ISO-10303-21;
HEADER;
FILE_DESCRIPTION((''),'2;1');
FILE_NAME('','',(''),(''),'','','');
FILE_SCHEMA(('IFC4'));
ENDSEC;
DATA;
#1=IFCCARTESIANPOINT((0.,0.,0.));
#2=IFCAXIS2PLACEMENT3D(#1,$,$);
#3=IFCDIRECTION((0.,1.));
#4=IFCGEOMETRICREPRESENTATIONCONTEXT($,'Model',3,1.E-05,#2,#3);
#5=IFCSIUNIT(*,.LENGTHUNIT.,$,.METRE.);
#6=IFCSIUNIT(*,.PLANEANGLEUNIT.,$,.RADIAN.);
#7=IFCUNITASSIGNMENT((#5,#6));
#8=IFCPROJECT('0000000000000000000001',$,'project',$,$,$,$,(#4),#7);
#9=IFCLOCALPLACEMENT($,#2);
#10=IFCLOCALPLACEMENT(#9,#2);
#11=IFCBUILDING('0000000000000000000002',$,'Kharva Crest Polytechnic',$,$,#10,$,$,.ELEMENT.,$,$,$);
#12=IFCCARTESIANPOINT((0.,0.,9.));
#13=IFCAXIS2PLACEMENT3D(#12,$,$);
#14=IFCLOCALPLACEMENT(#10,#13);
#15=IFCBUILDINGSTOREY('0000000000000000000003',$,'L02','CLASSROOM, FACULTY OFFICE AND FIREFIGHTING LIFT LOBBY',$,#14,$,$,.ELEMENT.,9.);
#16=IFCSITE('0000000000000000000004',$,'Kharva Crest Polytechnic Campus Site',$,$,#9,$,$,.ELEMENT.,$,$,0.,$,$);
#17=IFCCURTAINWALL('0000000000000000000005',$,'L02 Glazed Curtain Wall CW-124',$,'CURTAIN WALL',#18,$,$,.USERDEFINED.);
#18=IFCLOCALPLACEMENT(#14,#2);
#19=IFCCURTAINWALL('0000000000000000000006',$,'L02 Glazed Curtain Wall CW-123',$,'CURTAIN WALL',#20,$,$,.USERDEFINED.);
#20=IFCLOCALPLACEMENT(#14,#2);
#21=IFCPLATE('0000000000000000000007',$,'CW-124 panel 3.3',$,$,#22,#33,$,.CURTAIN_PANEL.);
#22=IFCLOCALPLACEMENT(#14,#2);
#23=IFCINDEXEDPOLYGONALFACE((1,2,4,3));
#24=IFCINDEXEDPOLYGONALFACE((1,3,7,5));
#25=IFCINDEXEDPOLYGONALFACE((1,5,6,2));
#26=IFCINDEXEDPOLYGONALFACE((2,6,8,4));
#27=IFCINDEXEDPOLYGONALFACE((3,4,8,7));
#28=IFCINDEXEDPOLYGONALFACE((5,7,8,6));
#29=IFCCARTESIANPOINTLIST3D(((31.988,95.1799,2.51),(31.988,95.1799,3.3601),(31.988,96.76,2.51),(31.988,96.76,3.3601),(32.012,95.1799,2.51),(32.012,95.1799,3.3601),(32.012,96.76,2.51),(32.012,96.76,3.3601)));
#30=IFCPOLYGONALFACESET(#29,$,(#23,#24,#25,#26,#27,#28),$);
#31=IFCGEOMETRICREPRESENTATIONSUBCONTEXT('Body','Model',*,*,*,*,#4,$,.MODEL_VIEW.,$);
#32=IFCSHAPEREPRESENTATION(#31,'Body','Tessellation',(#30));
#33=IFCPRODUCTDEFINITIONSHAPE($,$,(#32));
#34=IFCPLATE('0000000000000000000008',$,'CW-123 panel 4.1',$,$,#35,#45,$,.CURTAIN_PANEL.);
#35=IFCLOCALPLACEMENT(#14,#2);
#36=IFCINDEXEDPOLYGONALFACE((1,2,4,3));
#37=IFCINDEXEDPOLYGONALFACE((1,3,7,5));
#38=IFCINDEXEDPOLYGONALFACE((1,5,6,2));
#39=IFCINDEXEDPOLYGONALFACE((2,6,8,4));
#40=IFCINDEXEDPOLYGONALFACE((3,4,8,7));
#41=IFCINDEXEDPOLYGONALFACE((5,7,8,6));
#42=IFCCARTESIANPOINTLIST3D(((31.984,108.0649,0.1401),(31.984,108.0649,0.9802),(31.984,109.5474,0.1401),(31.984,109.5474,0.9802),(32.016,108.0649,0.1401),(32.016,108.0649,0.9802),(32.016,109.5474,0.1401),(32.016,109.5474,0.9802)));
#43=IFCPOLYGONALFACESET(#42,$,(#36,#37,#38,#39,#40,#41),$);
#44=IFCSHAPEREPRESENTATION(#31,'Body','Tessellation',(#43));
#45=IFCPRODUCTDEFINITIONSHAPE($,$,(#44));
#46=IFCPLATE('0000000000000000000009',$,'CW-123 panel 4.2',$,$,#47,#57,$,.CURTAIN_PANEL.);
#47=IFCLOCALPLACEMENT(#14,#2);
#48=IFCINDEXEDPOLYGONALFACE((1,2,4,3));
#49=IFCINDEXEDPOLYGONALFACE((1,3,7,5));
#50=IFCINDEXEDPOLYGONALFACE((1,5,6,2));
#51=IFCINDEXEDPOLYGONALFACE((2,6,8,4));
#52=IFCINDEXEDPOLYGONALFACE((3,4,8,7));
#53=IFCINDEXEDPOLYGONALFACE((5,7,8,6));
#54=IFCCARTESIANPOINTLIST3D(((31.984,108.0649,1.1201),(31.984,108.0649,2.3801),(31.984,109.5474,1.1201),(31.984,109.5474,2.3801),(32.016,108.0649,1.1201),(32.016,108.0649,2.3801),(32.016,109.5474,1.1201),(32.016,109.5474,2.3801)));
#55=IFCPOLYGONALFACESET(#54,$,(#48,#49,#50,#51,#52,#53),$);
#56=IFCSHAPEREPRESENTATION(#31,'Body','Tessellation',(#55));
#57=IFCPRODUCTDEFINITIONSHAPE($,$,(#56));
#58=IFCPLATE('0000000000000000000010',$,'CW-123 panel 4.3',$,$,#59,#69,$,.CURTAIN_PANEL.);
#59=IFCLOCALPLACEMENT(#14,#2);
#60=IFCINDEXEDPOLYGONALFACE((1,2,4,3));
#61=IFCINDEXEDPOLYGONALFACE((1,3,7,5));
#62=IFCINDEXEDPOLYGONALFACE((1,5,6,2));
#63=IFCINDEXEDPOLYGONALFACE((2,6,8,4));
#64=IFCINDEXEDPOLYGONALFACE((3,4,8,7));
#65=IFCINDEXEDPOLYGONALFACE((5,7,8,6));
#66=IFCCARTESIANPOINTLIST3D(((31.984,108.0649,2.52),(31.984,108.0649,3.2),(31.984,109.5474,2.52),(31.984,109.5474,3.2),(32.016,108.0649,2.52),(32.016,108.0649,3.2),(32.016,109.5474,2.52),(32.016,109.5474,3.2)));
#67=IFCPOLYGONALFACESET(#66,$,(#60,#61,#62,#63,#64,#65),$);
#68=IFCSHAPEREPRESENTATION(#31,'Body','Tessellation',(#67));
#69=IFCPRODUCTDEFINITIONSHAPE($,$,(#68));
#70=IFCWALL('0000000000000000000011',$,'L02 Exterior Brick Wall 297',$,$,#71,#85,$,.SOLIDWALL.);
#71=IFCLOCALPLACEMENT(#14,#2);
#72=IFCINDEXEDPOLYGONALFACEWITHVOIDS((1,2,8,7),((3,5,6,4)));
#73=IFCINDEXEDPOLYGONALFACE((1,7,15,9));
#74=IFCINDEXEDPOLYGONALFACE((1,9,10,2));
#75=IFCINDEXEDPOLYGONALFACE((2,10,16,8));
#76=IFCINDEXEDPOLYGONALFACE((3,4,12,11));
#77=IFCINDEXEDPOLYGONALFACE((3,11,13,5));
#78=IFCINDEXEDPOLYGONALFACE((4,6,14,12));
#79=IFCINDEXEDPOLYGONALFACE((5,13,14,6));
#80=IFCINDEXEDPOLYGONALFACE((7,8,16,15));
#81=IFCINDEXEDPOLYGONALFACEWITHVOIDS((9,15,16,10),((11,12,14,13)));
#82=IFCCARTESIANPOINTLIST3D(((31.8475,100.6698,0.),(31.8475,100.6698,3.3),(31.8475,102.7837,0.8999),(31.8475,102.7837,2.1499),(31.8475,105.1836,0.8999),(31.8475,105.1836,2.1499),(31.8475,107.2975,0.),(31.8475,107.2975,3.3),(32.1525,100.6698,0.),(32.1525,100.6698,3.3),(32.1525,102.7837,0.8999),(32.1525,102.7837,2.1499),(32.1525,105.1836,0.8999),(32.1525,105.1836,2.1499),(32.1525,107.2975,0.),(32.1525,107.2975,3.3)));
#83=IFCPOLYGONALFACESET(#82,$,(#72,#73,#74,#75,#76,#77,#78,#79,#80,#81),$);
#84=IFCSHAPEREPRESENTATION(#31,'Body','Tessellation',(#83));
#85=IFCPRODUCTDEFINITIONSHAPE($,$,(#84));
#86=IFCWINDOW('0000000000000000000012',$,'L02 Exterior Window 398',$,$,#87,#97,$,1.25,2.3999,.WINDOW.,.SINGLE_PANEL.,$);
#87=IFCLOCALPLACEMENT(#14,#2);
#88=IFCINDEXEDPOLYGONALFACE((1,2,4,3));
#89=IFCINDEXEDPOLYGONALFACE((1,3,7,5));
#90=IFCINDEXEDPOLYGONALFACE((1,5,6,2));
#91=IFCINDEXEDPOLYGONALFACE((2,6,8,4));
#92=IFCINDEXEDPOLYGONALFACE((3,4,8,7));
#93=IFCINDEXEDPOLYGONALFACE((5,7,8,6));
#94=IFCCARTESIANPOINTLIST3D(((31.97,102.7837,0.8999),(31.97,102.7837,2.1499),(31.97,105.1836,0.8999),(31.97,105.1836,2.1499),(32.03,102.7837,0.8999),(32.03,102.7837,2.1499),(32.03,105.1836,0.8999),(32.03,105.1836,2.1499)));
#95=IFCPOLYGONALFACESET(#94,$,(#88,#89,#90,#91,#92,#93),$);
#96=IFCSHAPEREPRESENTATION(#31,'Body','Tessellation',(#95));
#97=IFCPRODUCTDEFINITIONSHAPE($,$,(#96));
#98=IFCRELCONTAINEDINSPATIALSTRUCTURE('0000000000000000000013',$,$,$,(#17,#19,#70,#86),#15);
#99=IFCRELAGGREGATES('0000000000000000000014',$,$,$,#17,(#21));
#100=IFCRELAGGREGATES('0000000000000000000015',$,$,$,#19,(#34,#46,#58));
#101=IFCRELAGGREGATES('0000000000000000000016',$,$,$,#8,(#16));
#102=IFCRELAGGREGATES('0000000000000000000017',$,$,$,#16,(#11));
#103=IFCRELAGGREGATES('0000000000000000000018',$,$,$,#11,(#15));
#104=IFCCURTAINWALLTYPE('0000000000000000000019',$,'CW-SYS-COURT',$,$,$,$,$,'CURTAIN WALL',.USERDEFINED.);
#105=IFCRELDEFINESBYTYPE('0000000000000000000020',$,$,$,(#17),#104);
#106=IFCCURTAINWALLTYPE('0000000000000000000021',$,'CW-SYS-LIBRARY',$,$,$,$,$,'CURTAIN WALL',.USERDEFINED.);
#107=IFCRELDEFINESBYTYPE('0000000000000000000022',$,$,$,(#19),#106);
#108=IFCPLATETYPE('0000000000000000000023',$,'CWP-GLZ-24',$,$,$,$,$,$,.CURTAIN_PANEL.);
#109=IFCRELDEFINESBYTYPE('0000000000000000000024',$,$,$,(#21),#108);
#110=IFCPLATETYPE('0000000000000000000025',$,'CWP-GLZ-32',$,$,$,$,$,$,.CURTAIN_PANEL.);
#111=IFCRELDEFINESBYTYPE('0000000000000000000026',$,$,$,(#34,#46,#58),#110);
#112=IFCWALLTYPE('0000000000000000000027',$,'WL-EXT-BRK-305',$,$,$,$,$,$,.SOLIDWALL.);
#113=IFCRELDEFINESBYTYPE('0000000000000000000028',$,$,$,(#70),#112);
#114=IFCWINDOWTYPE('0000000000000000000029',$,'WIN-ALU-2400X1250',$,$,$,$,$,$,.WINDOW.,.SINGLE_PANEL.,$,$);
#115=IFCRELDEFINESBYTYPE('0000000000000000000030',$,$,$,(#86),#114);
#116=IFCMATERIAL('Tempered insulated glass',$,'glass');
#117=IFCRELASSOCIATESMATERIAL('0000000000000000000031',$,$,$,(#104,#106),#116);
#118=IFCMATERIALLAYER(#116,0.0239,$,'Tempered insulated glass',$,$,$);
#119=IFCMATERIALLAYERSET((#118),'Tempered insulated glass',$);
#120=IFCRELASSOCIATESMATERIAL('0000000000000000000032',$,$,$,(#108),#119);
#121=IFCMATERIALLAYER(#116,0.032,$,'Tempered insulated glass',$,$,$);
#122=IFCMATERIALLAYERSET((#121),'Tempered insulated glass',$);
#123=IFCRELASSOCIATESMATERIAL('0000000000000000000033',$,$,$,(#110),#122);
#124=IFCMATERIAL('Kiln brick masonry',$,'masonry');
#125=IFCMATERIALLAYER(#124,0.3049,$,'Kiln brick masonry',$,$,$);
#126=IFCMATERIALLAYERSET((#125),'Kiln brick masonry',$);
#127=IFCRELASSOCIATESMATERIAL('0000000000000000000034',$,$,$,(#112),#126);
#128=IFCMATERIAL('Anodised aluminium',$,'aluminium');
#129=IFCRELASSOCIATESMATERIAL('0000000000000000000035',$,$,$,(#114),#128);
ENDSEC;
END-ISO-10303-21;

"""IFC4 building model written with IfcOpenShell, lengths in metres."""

from ifc_helpers import new_model, si_unit, direction, frame, frame_2d, origin, origin_2d, place, context, subcontext, project, spatial, rectangle, extrude, material, layer, layer_set, type_object, element, fill, aggregate, save


model = new_model("IFC4")

# Units and contexts
model_context = context("Model", 3, precision=1e-05, world=origin(), true_north=direction((0.0, 1.0)))
body_context = subcontext(model_context, "Body", "Model", "MODEL_VIEW")
ifc_project = project(units=[si_unit("LENGTHUNIT", "METRE"), si_unit("PLANEANGLEUNIT", "RADIAN")], contexts=[model_context])

# Site, building, storey
site_placement = place(None, origin())
site = spatial("IfcSite", under=ifc_project, at=site_placement, Name="Kharva Crest Polytechnic Campus Site", CompositionType="ELEMENT", RefElevation=0.0)
building_placement = place(site_placement, origin())
building = spatial("IfcBuilding", under=site, at=building_placement, Name="Kharva Crest Polytechnic", CompositionType="ELEMENT")
storey_placement = place(building_placement, frame((0.0, 0.0, 9.0)))
storey = spatial("IfcBuildingStorey", under=building, at=storey_placement, Name="L02", Description="CLASSROOM, FACULTY OFFICE AND FIREFIGHTING LIFT LOBBY", CompositionType="ELEMENT", Elevation=9.0)

# Curtain wall
ifc_material_1 = material(Name="Tempered insulated glass", Category="glass")
curtain_wall_type_1 = type_object("IfcCurtainWallType", Name="CW-SYS-COURT", ElementType="CURTAIN WALL", PredefinedType="USERDEFINED", material=ifc_material_1)
curtain_wall_1_placement = place(storey_placement, origin())
curtain_wall_1 = element("IfcCurtainWall", 1, at=curtain_wall_1_placement, inside=storey, type_object=curtain_wall_type_1, Name="L02 Glazed Curtain Wall CW-124", ObjectType="CURTAIN WALL", PredefinedType="USERDEFINED")

# Curtain wall
curtain_wall_type_2 = type_object("IfcCurtainWallType", Name="CW-SYS-LIBRARY", ElementType="CURTAIN WALL", PredefinedType="USERDEFINED", material=ifc_material_1)
curtain_wall_2_placement = place(storey_placement, origin())
curtain_wall_2 = element("IfcCurtainWall", 2, at=curtain_wall_2_placement, inside=storey, type_object=curtain_wall_type_2, Name="L02 Glazed Curtain Wall CW-123", ObjectType="CURTAIN WALL", PredefinedType="USERDEFINED")

# Plates
ifc_layer_1 = layer(ifc_material_1, 0.0239, Name="Tempered insulated glass")
ifc_layer_set_1 = layer_set([ifc_layer_1], Name="Tempered insulated glass")
plate_type_1 = type_object("IfcPlateType", Name="CWP-GLZ-24", PredefinedType="CURTAIN_PANEL", material=ifc_layer_set_1)
plate_1_placement = place(storey_placement, frame((32.0, 95.97, 2.51), z_axis=(0.0, 0.0, 1.0), x_axis=(0.0, -1.0, 0.0)))
plate_1 = element("IfcPlate", 3, at=plate_1_placement, type_object=plate_type_1, Name="CW-124 panel 3.3", PredefinedType="CURTAIN_PANEL", context=body_context, shape_type="SweptSolid", body=[
    extrude(rectangle(XDim=1.5801, YDim=0.0239, at=origin_2d()), origin(), (0.0, 0.0, 1.0), 0.8501),
])
aggregate(curtain_wall_1, [plate_1])
ifc_layer_2 = layer(ifc_material_1, 0.032, Name="Tempered insulated glass")
ifc_layer_set_2 = layer_set([ifc_layer_2], Name="Tempered insulated glass")
plate_type_2 = type_object("IfcPlateType", Name="CWP-GLZ-32", PredefinedType="CURTAIN_PANEL", material=ifc_layer_set_2)
plate_2_placement = place(storey_placement, frame((32.0, 108.8062, 0.1401), z_axis=(0.0, 0.0, 1.0), x_axis=(0.0, -1.0, 0.0)))
plate_2 = element("IfcPlate", 4, at=plate_2_placement, type_object=plate_type_2, Name="CW-123 panel 4.1", PredefinedType="CURTAIN_PANEL", context=body_context, shape_type="SweptSolid", body=[
    extrude(rectangle(XDim=1.4824, YDim=0.032, at=origin_2d()), origin(), (0.0, 0.0, 1.0), 0.8401),
])
plate_3_placement = place(storey_placement, frame((32.0, 108.8062, 1.1201), z_axis=(0.0, 0.0, 1.0), x_axis=(0.0, -1.0, 0.0)))
plate_3 = element("IfcPlate", 5, at=plate_3_placement, type_object=plate_type_2, Name="CW-123 panel 4.2", PredefinedType="CURTAIN_PANEL", context=body_context, shape_type="SweptSolid", body=[
    extrude(rectangle(XDim=1.4824, YDim=0.032, at=origin_2d()), origin(), (0.0, 0.0, 1.0), 1.26),
])
plate_4_placement = place(storey_placement, frame((32.0, 108.8062, 2.52), z_axis=(0.0, 0.0, 1.0), x_axis=(0.0, -1.0, 0.0)))
plate_4 = element("IfcPlate", 6, at=plate_4_placement, type_object=plate_type_2, Name="CW-123 panel 4.3", PredefinedType="CURTAIN_PANEL", context=body_context, shape_type="SweptSolid", body=[
    extrude(rectangle(XDim=1.4824, YDim=0.032, at=origin_2d()), origin(), (0.0, 0.0, 1.0), 0.6799),
])
aggregate(curtain_wall_2, [plate_2, plate_3, plate_4])

# Wall, opening, window
ifc_material_2 = material(Name="Kiln brick masonry", Category="masonry")
ifc_layer_3 = layer(ifc_material_2, 0.3049, Name="Kiln brick masonry")
ifc_layer_set_3 = layer_set([ifc_layer_3], Name="Kiln brick masonry")
wall_type = type_object("IfcWallType", Name="WL-EXT-BRK-305", PredefinedType="SOLIDWALL", material=ifc_layer_set_3)
wall_placement = place(storey_placement, frame((32.0, 107.2976, 0.0), z_axis=(0.0, 0.0, 1.0), x_axis=(0.0, -1.0, 0.0)))
wall = element("IfcWall", 7, at=wall_placement, inside=storey, type_object=wall_type, Name="L02 Exterior Brick Wall 297", PredefinedType="SOLIDWALL", context=body_context, shape_type="SweptSolid", body=[
    extrude(rectangle(XDim=6.6277, YDim=0.3049, at=frame_2d((3.314, 0.0))), origin(), (0.0, 0.0, 1.0), 3.3),
])
opening_placement = place(wall_placement, frame((2.114, 0.0, 0.8999)))
opening = element("IfcOpeningElement", 8, at=opening_placement, cuts=wall, PredefinedType="OPENING", context=body_context, shape_type="SweptSolid", body=[
    extrude(rectangle(XDim=2.3999, YDim=1.25, at=frame_2d((1.2, 0.625))), frame((0.0, 0.1624, 0.0), z_axis=(0.0, -1.0, 0.0), x_axis=(1.0, 0.0, 0.0)), (0.0, 0.0, 1.0), 0.325),
])
ifc_material_3 = material(Name="Anodised aluminium", Category="aluminium")
window_type = type_object("IfcWindowType", Name="WIN-ALU-2400X1250", PartitioningType="SINGLE_PANEL", PredefinedType="WINDOW", material=ifc_material_3)
window_placement = place(opening_placement, origin())
window = element("IfcWindow", 9, at=window_placement, inside=storey, type_object=window_type, Name="L02 Exterior Window 398", OverallHeight=1.25, OverallWidth=2.3999, PartitioningType="SINGLE_PANEL", PredefinedType="WINDOW", context=body_context, shape_type="SweptSolid", body=[
    extrude(rectangle(XDim=2.3999, YDim=1.25, at=frame_2d((1.2, 0.625))), frame((0.0, 0.03, 0.0), z_axis=(0.0, -1.0, 0.0), x_axis=(1.0, 0.0, 0.0)), (0.0, 0.0, 1.0), 0.0601),
])
fill(opening, window)

save(model, "model.ifc")
